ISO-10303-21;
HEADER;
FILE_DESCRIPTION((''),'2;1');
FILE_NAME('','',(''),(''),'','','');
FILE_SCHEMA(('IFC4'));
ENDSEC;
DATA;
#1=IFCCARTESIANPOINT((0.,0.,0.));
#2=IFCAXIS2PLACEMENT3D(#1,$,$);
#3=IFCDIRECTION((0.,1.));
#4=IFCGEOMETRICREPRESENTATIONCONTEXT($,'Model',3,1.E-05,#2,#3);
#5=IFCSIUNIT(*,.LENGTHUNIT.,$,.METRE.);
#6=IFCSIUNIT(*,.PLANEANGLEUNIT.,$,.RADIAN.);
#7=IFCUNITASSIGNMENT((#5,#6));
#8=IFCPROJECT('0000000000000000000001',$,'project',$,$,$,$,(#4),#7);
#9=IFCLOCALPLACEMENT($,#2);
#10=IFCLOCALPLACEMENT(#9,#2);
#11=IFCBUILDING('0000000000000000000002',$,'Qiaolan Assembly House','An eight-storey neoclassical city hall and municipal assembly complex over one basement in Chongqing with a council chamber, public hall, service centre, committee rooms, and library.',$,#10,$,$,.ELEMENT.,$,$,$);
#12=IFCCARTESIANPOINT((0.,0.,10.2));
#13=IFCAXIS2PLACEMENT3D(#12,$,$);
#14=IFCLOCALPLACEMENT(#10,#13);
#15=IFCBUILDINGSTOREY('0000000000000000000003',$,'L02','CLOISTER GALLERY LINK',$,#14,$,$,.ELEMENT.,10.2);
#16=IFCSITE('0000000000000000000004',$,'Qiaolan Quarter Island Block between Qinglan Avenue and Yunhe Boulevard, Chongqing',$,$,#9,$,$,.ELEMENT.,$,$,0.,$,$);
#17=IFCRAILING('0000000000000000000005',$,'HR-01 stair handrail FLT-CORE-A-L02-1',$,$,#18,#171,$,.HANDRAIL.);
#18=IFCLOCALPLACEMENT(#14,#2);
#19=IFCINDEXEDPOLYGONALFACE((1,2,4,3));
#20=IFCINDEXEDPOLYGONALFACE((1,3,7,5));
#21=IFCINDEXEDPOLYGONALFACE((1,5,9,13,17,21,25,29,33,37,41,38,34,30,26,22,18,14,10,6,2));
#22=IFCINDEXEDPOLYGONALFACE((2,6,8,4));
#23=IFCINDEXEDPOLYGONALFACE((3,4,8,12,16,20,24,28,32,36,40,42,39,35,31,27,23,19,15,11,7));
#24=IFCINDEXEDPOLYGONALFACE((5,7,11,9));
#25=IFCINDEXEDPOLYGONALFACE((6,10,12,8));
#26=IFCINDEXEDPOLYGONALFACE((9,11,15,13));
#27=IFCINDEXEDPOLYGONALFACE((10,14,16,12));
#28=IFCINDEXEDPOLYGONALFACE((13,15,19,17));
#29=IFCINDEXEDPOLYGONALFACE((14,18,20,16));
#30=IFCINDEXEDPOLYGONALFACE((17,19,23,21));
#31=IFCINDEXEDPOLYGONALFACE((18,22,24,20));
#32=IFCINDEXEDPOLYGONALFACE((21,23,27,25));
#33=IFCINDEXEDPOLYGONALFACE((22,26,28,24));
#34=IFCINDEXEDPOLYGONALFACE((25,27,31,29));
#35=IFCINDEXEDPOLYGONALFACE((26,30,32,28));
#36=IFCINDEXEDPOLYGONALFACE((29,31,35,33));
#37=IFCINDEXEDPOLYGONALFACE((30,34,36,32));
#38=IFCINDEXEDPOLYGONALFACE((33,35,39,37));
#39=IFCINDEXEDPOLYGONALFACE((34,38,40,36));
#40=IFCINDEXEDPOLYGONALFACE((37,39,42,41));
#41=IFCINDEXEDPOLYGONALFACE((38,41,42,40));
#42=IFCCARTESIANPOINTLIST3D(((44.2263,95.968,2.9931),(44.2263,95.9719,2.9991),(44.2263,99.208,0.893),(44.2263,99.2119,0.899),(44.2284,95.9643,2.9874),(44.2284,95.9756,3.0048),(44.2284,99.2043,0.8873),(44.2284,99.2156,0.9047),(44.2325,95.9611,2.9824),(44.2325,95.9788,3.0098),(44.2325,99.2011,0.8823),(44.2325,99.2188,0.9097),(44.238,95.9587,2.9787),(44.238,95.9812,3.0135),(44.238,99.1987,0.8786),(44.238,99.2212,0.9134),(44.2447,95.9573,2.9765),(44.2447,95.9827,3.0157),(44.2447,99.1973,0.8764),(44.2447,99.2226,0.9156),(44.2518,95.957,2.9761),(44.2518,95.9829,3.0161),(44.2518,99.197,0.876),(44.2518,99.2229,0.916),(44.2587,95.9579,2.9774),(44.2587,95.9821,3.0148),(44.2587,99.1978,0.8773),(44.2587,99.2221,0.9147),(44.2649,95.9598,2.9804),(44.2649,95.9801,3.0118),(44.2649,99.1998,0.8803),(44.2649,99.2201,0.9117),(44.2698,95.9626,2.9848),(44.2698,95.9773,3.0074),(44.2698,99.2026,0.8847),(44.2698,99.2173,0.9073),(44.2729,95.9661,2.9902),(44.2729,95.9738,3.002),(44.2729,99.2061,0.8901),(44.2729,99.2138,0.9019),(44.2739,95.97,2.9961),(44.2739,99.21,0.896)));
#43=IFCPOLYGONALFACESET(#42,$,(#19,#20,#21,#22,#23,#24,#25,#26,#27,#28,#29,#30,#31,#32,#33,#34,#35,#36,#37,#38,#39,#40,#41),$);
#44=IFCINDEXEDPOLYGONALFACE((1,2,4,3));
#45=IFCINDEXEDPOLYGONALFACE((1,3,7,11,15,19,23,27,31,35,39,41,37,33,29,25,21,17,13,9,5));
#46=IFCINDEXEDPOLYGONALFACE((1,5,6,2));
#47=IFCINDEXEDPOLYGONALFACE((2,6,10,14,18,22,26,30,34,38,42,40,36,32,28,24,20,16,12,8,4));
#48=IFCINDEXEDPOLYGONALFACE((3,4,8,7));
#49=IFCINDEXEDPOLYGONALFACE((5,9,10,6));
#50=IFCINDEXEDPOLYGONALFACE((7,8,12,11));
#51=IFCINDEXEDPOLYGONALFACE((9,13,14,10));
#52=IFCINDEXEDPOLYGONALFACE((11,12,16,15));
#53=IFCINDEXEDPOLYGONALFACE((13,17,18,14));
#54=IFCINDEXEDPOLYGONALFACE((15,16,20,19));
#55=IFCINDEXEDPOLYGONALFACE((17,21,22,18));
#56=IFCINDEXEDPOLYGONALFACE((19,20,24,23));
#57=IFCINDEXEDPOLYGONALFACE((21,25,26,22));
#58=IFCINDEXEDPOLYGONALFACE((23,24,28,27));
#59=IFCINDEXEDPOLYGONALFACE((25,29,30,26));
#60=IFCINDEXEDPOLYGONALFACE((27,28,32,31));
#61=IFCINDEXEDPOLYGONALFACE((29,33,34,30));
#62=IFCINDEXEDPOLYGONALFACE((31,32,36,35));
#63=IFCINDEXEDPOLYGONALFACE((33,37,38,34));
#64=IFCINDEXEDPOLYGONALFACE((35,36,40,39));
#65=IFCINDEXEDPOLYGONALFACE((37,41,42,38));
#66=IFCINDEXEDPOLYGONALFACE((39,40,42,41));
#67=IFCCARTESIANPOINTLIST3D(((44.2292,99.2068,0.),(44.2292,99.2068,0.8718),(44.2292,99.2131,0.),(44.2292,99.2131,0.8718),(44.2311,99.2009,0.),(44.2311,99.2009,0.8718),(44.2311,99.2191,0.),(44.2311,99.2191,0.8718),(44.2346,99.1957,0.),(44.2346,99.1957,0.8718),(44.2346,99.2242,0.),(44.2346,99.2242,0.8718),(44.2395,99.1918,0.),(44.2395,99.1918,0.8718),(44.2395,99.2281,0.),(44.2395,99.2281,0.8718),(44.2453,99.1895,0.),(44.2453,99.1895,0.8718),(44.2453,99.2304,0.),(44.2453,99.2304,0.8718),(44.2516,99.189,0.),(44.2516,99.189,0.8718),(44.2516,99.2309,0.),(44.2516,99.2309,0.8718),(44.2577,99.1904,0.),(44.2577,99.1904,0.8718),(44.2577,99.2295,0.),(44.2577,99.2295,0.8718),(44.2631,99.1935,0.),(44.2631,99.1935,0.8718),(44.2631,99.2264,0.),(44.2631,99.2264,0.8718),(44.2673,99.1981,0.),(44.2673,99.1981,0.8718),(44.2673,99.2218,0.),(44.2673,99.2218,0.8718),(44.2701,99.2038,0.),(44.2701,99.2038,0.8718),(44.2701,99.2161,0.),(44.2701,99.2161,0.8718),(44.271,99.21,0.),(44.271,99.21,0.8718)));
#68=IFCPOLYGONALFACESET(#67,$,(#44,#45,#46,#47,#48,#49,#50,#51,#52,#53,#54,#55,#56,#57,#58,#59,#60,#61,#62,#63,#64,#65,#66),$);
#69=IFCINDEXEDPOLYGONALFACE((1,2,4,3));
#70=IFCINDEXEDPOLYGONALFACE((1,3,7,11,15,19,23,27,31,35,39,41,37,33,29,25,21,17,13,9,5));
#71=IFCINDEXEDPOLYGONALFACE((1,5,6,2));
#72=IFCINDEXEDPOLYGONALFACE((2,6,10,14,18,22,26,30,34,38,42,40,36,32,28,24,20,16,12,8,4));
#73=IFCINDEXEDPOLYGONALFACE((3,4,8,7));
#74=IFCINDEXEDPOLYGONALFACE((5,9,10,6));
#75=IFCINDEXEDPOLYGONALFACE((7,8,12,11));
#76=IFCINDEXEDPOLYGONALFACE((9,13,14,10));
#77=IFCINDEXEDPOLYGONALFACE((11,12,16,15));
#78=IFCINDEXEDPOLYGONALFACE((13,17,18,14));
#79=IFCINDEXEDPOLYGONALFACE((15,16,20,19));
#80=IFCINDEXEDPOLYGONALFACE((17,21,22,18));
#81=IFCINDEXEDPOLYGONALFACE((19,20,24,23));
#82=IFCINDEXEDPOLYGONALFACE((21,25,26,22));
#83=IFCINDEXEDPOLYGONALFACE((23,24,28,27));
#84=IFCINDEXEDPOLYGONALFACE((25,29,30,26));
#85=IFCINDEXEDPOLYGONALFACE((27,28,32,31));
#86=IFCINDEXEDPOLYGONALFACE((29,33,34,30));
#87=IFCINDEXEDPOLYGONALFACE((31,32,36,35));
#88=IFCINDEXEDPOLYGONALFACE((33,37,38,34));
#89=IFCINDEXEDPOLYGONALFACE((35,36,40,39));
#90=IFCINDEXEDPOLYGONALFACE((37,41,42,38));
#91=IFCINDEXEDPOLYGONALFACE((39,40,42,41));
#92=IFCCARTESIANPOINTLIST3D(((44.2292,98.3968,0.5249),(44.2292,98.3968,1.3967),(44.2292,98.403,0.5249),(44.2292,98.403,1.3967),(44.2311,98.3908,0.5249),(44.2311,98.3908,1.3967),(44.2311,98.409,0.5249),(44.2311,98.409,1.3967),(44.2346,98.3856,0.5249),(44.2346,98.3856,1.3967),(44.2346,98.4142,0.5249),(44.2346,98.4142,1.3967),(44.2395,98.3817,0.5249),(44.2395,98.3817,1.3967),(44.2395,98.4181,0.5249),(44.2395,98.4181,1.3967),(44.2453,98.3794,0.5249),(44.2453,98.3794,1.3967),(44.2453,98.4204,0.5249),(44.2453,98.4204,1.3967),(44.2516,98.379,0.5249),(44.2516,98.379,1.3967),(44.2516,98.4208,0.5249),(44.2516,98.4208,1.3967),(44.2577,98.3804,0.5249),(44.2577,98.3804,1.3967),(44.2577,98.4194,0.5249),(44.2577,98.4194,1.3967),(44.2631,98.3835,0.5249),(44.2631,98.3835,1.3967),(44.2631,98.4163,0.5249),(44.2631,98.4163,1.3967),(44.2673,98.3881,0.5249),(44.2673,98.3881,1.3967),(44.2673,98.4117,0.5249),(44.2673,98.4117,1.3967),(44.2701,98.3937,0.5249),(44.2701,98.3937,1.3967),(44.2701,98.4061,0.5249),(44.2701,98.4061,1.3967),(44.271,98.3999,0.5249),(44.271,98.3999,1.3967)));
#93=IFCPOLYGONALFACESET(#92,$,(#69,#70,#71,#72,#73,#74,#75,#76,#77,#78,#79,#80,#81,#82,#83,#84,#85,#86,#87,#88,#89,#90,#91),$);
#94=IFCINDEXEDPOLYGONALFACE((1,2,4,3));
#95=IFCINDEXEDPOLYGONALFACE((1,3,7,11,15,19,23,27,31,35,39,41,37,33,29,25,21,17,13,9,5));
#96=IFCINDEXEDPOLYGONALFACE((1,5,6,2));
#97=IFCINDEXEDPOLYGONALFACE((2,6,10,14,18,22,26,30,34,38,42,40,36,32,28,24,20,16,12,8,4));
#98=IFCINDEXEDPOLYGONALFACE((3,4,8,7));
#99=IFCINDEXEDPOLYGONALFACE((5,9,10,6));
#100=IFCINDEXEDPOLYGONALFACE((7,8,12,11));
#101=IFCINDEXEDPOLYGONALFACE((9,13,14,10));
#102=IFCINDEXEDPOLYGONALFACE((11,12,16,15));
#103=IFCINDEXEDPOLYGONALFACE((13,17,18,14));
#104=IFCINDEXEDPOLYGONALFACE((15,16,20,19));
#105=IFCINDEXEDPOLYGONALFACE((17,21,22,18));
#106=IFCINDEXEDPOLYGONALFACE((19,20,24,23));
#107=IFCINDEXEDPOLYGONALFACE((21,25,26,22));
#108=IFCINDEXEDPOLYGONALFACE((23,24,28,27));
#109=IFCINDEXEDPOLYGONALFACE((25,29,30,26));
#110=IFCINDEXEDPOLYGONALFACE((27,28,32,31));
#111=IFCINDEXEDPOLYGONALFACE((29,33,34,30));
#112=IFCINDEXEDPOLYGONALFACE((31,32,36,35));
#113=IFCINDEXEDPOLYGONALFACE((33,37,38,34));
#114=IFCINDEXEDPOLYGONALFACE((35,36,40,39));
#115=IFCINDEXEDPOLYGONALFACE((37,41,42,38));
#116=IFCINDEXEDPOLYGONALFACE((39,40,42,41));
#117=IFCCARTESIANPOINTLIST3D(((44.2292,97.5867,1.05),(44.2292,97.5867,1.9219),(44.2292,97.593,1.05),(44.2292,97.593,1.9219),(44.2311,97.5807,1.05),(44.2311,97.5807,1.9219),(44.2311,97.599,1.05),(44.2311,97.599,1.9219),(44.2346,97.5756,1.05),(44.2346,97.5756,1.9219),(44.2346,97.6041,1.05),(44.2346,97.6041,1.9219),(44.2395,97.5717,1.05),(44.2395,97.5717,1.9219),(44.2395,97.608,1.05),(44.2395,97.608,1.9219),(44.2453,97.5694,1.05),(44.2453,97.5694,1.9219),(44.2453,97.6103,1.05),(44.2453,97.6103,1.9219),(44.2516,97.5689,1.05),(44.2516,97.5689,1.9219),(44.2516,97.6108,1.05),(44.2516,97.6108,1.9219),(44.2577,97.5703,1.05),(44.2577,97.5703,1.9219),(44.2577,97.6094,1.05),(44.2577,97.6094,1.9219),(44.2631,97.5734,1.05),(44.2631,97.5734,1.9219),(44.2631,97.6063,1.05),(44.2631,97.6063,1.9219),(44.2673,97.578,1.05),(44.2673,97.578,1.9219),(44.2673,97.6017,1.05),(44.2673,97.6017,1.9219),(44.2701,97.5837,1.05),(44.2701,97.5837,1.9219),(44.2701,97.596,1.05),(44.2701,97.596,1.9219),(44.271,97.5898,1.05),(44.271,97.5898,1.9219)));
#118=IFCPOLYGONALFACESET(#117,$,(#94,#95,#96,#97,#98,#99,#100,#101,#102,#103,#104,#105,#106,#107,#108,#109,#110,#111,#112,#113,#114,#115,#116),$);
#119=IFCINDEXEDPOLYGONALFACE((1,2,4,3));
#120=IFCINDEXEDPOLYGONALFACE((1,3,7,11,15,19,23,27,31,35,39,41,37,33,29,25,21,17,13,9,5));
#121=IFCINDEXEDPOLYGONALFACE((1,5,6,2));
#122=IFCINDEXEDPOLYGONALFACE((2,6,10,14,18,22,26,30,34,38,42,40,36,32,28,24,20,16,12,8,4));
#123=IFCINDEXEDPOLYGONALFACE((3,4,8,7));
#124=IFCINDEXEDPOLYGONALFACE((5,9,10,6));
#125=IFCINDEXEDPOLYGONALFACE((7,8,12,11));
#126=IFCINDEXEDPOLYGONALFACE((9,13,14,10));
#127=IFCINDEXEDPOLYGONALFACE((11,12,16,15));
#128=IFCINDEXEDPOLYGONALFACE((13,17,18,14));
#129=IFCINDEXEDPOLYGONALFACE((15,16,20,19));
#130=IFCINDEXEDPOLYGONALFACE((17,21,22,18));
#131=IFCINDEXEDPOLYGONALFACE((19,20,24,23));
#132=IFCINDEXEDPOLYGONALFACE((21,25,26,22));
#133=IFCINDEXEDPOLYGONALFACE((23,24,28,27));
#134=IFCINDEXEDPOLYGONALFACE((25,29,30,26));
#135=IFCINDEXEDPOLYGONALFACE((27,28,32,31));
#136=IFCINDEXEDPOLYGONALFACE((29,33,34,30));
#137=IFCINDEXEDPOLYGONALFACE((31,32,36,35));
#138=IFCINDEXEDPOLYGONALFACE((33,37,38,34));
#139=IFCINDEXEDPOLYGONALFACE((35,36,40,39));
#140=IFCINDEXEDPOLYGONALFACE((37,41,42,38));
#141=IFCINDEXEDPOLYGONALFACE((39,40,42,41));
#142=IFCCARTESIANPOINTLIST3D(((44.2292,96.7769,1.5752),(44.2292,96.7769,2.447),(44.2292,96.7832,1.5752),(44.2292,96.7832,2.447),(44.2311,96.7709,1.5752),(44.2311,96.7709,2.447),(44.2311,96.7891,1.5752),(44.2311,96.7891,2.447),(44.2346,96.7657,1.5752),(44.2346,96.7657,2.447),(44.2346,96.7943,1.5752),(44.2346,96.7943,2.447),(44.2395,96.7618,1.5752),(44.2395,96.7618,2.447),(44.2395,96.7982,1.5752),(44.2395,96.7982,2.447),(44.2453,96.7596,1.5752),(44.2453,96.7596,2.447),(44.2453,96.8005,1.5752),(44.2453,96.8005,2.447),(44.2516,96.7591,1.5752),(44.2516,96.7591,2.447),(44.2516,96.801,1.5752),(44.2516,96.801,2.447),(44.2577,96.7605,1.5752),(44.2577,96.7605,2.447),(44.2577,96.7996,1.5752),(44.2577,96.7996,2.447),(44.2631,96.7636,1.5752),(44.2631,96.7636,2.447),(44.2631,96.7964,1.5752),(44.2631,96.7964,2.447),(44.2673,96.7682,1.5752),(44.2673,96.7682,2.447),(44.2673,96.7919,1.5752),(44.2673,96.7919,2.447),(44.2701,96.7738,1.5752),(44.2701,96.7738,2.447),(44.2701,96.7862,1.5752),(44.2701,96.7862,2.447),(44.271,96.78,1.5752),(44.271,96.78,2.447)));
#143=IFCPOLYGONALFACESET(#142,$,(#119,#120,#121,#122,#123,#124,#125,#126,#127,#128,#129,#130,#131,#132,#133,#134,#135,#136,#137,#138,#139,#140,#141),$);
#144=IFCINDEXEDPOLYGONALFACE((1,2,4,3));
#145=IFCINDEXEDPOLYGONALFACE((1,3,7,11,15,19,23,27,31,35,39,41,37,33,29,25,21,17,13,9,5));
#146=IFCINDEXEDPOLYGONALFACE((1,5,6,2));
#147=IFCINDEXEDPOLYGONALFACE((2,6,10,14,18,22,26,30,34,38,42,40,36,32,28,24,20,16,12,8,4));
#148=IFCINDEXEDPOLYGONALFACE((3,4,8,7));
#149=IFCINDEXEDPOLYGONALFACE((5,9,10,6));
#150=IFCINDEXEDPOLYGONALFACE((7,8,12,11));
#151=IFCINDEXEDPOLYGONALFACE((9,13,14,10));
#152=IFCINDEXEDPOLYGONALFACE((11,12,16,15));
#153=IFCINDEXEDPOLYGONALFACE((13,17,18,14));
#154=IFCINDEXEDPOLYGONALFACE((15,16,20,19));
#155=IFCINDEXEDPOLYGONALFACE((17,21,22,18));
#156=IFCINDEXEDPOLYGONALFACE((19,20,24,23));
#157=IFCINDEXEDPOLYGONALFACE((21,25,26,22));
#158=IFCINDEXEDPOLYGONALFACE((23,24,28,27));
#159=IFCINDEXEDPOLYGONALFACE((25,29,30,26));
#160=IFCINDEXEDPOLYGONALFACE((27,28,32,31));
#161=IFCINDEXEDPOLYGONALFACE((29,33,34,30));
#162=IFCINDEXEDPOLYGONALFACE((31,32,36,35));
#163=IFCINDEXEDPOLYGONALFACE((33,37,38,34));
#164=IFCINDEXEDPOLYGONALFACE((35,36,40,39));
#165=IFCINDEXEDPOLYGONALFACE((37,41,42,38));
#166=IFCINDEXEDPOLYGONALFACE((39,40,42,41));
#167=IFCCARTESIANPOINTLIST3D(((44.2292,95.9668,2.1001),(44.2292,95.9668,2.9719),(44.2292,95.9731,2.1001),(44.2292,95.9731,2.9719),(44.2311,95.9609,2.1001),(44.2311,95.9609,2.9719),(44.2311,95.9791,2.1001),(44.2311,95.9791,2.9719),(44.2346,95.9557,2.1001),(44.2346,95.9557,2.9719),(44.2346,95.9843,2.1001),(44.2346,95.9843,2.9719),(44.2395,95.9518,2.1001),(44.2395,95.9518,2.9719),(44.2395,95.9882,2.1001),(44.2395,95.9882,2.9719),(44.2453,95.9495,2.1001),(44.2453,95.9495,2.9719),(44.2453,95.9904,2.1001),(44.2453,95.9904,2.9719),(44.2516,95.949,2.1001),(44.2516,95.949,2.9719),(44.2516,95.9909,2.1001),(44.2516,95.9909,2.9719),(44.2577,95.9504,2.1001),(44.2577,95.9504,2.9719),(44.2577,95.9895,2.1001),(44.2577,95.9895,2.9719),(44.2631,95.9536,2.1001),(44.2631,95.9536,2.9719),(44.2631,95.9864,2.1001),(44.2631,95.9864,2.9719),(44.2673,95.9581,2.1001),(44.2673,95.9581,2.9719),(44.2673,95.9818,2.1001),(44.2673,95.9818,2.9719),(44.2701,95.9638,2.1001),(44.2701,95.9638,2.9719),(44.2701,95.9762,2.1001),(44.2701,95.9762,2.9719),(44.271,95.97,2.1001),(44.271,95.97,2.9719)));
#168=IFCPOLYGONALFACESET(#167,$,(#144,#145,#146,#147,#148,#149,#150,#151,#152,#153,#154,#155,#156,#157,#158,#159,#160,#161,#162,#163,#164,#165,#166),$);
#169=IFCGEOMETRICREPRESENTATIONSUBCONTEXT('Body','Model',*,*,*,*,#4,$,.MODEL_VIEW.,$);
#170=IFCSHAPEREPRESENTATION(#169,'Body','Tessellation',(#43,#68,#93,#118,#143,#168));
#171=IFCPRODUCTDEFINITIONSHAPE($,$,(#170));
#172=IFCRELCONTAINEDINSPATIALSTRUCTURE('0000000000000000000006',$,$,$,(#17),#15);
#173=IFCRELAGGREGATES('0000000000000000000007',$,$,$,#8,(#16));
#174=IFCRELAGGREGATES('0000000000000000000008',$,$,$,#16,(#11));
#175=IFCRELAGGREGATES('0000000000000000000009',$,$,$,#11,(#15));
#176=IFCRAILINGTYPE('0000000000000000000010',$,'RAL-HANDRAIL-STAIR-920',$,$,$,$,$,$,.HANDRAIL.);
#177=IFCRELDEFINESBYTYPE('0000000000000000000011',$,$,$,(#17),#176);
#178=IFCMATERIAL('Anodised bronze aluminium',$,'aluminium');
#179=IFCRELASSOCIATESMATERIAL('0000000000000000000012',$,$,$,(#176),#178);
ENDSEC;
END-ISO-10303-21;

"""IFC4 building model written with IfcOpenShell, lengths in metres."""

from ifc_helpers import new_model, si_unit, direction, frame, origin, origin_2d, place, context, subcontext, project, spatial, circle, extrude, material, type_object, element, save


model = new_model("IFC4")

# Units and contexts
model_context = context("Model", 3, precision=1e-05, world=origin(), true_north=direction((0.0, 1.0)))
body_context = subcontext(model_context, "Body", "Model", "MODEL_VIEW")
ifc_project = project(units=[si_unit("LENGTHUNIT", "METRE"), si_unit("PLANEANGLEUNIT", "RADIAN")], contexts=[model_context])

# Site, building, storey
site_placement = place(None, origin())
site = spatial("IfcSite", under=ifc_project, at=site_placement, Name="Qiaolan Quarter Island Block between Qinglan Avenue and Yunhe Boulevard, Chongqing", CompositionType="ELEMENT", RefElevation=0.0)
building_placement = place(site_placement, origin())
building = spatial("IfcBuilding", under=site, at=building_placement, Name="Qiaolan Assembly House", Description="An eight-storey neoclassical city hall and municipal assembly complex over one basement in Chongqing with a council chamber, public hall, service centre, committee rooms, and library.", CompositionType="ELEMENT")
storey_placement = place(building_placement, frame((0.0, 0.0, 10.2)))
storey = spatial("IfcBuildingStorey", under=building, at=storey_placement, Name="L02", Description="CLOISTER GALLERY LINK", CompositionType="ELEMENT", Elevation=10.2)

# Railing
ifc_material_1 = material(Name="Anodised bronze aluminium", Category="aluminium")
railing_type_1 = type_object("IfcRailingType", Name="RAL-HANDRAIL-STAIR-920", PredefinedType="HANDRAIL", material=ifc_material_1)
railing_1_placement = place(storey_placement, frame((44.25, 99.21, 0.0)))
element("IfcRailing", 1, at=railing_1_placement, inside=storey, type_object=railing_type_1, Name="HR-01 stair handrail FLT-CORE-A-L02-1", PredefinedType="HANDRAIL", context=body_context, shape_type="SweptSolid", body=[
    extrude(circle(Radius=0.0239, at=origin_2d()), frame((0.0, 0.0, 0.896), z_axis=(0.0, -0.839141, 0.543914), x_axis=(1.0, 0.0, 0.0)), (0.0, 0.0, 1.0), 3.8611),
    extrude(circle(Radius=0.021, at=origin_2d()), origin(), (0.0, 0.0, 1.0), 0.8718),
    extrude(circle(Radius=0.021, at=origin_2d()), frame((0.0, -0.8101, 0.5249)), (0.0, 0.0, 1.0), 0.8718),
    extrude(circle(Radius=0.021, at=origin_2d()), frame((0.0, -1.6201, 1.05)), (0.0, 0.0, 1.0), 0.8718),
    extrude(circle(Radius=0.021, at=origin_2d()), frame((0.0, -2.4299, 1.5752)), (0.0, 0.0, 1.0), 0.8718),
    extrude(circle(Radius=0.021, at=origin_2d()), frame((0.0, -3.24, 2.1001)), (0.0, 0.0, 1.0), 0.8718),
])

save(model, "model.ifc")
